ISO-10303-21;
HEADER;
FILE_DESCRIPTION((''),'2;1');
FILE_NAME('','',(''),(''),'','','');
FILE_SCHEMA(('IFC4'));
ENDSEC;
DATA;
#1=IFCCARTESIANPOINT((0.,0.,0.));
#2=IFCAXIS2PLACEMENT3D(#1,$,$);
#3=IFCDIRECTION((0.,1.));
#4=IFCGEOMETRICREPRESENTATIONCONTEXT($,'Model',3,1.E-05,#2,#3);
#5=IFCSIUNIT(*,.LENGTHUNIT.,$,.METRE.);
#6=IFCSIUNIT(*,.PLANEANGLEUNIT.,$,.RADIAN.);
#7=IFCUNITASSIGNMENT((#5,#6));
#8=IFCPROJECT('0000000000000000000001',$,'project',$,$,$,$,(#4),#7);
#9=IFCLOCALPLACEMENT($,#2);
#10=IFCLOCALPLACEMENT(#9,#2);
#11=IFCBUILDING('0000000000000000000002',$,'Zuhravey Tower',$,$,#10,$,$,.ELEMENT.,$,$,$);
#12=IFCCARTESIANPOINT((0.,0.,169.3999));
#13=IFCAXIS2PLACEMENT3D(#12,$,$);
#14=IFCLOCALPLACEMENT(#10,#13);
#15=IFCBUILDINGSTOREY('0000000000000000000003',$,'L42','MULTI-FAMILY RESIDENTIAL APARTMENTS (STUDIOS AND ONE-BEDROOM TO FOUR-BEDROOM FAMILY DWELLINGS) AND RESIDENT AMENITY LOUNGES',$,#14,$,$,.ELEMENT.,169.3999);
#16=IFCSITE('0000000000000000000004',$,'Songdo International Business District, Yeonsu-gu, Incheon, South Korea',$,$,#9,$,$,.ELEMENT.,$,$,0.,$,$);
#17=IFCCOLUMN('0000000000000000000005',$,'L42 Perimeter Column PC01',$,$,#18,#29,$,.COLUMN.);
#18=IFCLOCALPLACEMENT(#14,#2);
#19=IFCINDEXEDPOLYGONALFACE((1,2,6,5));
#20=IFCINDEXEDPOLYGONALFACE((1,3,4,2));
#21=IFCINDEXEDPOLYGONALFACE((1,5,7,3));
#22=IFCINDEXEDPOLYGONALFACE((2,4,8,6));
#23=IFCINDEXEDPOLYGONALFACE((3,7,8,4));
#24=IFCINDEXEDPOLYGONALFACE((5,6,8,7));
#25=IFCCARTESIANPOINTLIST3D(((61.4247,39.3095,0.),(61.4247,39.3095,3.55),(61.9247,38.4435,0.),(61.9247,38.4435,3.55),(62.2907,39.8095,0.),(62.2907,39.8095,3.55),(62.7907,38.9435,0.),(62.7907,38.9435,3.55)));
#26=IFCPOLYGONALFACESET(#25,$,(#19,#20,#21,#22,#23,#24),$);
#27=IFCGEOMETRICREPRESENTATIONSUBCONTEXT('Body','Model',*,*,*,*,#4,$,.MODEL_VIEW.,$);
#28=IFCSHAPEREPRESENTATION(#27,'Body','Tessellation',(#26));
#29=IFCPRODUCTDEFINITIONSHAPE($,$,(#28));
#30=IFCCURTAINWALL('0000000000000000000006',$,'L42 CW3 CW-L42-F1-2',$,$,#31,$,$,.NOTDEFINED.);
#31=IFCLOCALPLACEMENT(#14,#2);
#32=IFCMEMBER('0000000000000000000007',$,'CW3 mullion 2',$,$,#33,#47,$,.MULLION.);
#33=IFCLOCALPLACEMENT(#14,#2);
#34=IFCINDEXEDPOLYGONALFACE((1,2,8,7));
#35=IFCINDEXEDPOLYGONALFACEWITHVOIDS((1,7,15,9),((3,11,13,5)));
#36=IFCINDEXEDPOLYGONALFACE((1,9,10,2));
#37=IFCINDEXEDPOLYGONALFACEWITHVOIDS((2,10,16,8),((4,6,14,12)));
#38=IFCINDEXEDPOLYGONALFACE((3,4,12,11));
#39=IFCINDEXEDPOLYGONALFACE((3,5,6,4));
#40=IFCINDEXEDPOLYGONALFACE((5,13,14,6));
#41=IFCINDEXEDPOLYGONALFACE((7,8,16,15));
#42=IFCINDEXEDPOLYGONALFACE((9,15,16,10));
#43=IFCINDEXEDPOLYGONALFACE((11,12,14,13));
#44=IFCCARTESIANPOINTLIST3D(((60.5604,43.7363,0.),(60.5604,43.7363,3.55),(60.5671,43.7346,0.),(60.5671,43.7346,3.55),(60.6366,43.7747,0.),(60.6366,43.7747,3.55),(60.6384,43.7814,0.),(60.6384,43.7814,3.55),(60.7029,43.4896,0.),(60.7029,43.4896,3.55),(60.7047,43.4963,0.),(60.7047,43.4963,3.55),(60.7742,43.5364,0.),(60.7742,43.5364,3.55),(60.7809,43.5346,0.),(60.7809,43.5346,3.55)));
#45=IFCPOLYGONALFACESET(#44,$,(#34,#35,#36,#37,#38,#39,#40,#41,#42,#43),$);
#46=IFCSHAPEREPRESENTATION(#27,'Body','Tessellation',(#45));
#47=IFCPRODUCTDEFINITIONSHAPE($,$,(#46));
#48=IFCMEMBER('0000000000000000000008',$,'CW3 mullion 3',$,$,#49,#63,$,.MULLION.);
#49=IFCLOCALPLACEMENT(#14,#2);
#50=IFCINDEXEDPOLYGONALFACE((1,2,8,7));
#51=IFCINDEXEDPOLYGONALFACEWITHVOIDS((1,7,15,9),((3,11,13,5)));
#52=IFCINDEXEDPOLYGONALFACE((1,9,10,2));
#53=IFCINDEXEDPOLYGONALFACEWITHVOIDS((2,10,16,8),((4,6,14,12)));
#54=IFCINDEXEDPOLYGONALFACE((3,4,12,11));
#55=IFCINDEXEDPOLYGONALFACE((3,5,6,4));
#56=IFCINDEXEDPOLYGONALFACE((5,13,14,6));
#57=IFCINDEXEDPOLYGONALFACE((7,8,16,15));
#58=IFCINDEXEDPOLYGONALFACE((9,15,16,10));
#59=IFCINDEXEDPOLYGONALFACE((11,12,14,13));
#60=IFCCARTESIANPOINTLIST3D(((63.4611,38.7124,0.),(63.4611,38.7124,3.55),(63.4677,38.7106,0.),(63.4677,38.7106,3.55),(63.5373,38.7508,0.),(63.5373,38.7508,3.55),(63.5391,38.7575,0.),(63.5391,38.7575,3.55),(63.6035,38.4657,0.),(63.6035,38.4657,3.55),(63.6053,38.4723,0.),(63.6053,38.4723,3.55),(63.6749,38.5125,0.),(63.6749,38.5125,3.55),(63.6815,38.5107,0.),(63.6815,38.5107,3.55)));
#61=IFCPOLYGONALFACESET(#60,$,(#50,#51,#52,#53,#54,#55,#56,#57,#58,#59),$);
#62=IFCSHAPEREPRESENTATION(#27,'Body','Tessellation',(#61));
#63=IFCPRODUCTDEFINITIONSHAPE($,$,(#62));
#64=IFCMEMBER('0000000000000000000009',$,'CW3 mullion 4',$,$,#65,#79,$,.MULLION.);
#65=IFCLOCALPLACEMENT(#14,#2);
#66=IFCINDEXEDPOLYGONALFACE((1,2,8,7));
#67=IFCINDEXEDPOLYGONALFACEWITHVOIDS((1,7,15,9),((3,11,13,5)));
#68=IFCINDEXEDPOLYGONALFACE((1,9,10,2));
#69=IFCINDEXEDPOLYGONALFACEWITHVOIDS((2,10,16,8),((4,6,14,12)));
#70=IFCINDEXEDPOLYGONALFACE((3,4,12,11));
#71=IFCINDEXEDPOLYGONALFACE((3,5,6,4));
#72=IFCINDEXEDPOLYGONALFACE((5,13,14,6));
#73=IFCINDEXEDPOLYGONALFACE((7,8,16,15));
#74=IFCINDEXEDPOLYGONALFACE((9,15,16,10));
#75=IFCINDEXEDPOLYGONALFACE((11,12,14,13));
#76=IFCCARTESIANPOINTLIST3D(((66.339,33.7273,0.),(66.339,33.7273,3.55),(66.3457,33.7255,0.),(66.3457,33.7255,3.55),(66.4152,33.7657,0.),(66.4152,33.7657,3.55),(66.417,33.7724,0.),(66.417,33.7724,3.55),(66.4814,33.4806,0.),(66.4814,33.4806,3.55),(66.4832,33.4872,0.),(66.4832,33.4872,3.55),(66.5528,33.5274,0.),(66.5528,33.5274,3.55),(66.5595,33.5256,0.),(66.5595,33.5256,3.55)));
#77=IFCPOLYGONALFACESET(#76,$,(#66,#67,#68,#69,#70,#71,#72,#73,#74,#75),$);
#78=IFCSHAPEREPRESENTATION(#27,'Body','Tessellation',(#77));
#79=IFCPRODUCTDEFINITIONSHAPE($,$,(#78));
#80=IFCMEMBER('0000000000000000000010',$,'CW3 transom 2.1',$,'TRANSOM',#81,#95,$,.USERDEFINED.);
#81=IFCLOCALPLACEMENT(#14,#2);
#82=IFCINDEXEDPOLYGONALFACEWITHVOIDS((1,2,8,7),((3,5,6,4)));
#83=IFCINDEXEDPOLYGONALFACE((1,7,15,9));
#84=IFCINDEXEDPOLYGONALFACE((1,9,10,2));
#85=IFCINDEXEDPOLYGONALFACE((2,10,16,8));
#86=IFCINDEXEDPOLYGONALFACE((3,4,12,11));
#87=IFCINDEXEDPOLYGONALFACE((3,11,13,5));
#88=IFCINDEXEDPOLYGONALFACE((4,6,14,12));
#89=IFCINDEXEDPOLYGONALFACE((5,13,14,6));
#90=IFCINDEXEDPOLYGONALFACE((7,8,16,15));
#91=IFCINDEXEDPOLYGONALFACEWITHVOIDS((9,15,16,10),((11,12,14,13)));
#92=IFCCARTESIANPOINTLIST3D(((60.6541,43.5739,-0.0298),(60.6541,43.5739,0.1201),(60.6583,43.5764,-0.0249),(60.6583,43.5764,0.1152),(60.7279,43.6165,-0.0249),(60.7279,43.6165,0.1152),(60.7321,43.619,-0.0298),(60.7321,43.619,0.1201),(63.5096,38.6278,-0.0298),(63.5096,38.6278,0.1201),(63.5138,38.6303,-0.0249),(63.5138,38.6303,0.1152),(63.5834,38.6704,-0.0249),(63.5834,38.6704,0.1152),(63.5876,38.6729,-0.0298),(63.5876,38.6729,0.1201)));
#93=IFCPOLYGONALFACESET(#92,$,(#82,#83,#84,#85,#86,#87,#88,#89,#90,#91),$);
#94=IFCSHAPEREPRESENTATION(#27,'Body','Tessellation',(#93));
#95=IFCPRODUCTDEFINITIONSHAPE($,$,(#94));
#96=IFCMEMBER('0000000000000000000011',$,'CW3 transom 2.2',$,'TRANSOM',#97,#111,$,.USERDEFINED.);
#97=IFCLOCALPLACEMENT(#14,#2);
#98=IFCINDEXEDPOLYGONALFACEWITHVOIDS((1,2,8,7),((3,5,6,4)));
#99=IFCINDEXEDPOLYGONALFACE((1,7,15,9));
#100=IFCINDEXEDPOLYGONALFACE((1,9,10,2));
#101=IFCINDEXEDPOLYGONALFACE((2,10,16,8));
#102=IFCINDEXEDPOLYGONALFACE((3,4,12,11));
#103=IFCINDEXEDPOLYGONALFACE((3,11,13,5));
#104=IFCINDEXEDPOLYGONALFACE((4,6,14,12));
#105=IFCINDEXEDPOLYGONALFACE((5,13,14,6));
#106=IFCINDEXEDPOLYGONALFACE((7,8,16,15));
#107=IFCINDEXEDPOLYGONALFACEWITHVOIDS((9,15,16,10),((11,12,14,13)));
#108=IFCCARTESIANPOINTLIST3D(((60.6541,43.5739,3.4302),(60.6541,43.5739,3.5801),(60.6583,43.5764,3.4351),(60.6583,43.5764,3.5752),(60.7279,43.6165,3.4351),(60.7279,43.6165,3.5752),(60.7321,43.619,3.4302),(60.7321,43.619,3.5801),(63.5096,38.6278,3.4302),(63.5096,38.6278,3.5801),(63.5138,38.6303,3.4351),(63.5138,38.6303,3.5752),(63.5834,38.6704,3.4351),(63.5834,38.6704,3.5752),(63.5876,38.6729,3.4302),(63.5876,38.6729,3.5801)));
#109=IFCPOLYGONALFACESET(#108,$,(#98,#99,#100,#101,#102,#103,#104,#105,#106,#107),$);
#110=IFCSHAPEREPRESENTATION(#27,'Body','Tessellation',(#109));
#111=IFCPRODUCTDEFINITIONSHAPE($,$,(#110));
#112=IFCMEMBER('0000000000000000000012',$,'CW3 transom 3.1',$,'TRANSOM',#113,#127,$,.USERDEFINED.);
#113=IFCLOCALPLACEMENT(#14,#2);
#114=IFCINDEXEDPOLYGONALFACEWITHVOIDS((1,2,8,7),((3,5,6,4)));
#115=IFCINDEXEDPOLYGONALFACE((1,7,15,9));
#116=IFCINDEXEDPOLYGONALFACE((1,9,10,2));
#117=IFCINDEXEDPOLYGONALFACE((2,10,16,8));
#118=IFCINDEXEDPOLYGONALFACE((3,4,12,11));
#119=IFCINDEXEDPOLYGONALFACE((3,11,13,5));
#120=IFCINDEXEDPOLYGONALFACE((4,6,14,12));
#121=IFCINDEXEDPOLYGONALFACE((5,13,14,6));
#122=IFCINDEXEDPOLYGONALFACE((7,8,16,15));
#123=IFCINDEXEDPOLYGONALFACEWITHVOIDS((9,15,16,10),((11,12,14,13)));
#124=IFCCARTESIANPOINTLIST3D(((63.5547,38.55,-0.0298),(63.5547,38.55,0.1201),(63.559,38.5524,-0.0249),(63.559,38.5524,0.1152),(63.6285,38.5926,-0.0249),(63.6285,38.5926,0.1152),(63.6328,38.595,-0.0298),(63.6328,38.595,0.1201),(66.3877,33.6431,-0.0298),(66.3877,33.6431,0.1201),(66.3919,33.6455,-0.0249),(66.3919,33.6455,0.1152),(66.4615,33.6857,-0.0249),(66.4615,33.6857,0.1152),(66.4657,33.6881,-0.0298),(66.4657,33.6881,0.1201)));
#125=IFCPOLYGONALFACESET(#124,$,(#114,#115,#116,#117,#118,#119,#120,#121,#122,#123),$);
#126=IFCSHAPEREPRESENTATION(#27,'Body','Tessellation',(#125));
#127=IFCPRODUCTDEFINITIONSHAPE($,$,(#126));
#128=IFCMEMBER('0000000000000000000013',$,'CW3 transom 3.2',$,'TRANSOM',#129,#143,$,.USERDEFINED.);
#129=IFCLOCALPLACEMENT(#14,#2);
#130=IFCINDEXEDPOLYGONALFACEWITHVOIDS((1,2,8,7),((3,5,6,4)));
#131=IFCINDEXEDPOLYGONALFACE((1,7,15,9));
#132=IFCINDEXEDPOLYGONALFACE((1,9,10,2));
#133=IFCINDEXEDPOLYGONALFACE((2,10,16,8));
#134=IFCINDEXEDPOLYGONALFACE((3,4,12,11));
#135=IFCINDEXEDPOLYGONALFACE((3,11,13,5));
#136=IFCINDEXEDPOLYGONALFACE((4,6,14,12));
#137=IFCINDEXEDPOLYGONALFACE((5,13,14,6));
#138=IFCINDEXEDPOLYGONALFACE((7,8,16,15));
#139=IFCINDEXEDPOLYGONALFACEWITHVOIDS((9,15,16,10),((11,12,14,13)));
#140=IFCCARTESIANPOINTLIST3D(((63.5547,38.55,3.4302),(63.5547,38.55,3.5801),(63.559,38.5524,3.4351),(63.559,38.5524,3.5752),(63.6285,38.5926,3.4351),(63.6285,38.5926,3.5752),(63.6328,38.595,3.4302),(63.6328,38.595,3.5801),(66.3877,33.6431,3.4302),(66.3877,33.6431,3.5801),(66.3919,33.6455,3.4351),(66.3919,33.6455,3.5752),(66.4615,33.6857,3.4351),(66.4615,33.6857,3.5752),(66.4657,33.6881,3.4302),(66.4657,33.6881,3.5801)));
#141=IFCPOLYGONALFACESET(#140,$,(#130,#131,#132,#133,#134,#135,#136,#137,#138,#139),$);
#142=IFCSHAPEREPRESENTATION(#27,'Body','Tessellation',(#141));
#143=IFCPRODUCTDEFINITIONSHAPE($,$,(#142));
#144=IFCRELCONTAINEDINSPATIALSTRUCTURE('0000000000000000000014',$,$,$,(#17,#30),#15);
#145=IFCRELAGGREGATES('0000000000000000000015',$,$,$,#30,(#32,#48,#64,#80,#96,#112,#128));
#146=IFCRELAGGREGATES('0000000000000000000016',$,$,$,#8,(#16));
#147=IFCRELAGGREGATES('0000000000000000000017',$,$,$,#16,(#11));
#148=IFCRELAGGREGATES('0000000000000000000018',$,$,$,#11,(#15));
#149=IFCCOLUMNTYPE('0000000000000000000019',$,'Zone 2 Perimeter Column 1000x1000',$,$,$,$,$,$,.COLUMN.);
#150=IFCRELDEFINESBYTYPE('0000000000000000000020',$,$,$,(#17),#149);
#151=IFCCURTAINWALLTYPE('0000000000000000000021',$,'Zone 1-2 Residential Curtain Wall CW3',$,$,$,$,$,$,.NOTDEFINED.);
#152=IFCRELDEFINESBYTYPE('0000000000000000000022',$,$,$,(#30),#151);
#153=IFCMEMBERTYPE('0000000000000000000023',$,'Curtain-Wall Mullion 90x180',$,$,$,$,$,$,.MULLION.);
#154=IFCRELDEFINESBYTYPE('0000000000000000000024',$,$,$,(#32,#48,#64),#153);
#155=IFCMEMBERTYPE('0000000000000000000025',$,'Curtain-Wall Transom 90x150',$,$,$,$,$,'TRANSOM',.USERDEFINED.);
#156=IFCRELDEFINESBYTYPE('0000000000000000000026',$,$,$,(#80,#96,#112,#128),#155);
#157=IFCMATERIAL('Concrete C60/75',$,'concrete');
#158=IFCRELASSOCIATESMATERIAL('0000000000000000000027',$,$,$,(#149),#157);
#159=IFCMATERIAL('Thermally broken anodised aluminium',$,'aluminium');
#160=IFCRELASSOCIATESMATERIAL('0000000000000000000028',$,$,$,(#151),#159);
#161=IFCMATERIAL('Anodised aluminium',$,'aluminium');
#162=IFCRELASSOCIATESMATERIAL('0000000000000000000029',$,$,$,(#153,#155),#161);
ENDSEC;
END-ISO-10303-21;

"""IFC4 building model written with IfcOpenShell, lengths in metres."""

from ifc_helpers import new_model, si_unit, direction, frame, origin, origin_2d, place, context, subcontext, project, spatial, rectangle, hollow_rectangle, extrude, material, material_profile, profile_set, type_object, element, aggregate, save


model = new_model("IFC4")

# Units and contexts
model_context = context("Model", 3, precision=1e-05, world=origin(), true_north=direction((0.0, 1.0)))
body_context = subcontext(model_context, "Body", "Model", "MODEL_VIEW")
ifc_project = project(units=[si_unit("LENGTHUNIT", "METRE"), si_unit("PLANEANGLEUNIT", "RADIAN")], contexts=[model_context])

# Site, building, storey
site_placement = place(None, origin())
site = spatial("IfcSite", under=ifc_project, at=site_placement, Name="Songdo International Business District, Yeonsu-gu, Incheon, South Korea", CompositionType="ELEMENT", RefElevation=0.0)
building_placement = place(site_placement, origin())
building = spatial("IfcBuilding", under=site, at=building_placement, Name="Zuhravey Tower", CompositionType="ELEMENT")
storey_placement = place(building_placement, frame((0.0, 0.0, 169.3999)))
storey = spatial("IfcBuildingStorey", under=building, at=storey_placement, Name="L42", Description="MULTI-FAMILY RESIDENTIAL APARTMENTS (STUDIOS AND ONE-BEDROOM TO FOUR-BEDROOM FAMILY DWELLINGS) AND RESIDENT AMENITY LOUNGES", CompositionType="ELEMENT", Elevation=169.3999)

# Column
ifc_material_1 = material(Name="Concrete C60/75", Category="concrete")
ifc_material_profile_1 = material_profile(ifc_material_1, rectangle(XDim=1.0, YDim=1.0, at=origin_2d()), Name="RC-1000x1000")
ifc_profile_set_1 = profile_set([ifc_material_profile_1], Name="Concrete C60/75")
column_type = type_object("IfcColumnType", Name="Zone 2 Perimeter Column 1000x1000", PredefinedType="COLUMN", material=ifc_profile_set_1)
column_placement = place(storey_placement, frame((62.1077, 39.1265, 0.0), z_axis=(0.0, 0.0, 1.0), x_axis=(-0.5, 0.866025, 0.0)))
element("IfcColumn", 1, at=column_placement, inside=storey, type_object=column_type, Name="L42 Perimeter Column PC01", PredefinedType="COLUMN", context=body_context, shape_type="SweptSolid", body=[
    extrude(rectangle(XDim=1.0, YDim=1.0, at=origin_2d()), origin(), (0.0, 0.0, 1.0), 3.55),
])

# Curtain wall, members
ifc_material_2 = material(Name="Thermally broken anodised aluminium", Category="aluminium")
curtain_wall_type = type_object("IfcCurtainWallType", Name="Zone 1-2 Residential Curtain Wall CW3", PredefinedType="NOTDEFINED", material=ifc_material_2)
curtain_wall_placement = place(storey_placement, origin())
curtain_wall = element("IfcCurtainWall", 2, at=curtain_wall_placement, inside=storey, type_object=curtain_wall_type, Name="L42 CW3 CW-L42-F1-2", PredefinedType="NOTDEFINED")
ifc_material_3 = material(Name="Anodised aluminium", Category="aluminium")
ifc_material_profile_2 = material_profile(ifc_material_3, hollow_rectangle(XDim=0.0901, YDim=0.2849, WallThickness=0.0049, at=origin_2d()), Name="ALU-RHS-90x285x5")
ifc_profile_set_2 = profile_set([ifc_material_profile_2], Name="Anodised aluminium")
member_type_1 = type_object("IfcMemberType", Name="Curtain-Wall Mullion 90x180", PredefinedType="MULLION", material=ifc_profile_set_2)
member_1_placement = place(storey_placement, frame((60.6707, 43.6355, 0.0), z_axis=(0.0, 0.0, 1.0), x_axis=(0.866026, 0.499999, 0.0)))
member_1 = element("IfcMember", 3, at=member_1_placement, type_object=member_type_1, Name="CW3 mullion 2", PredefinedType="MULLION", context=body_context, shape_type="SweptSolid", body=[
    extrude(hollow_rectangle(XDim=0.0901, YDim=0.2849, WallThickness=0.0049, at=origin_2d()), origin(), (0.0, 0.0, 1.0), 3.55),
])
member_2_placement = place(storey_placement, frame((63.5713, 38.6116, 0.0), z_axis=(0.0, 0.0, 1.0), x_axis=(0.866026, 0.499999, 0.0)))
member_2 = element("IfcMember", 4, at=member_2_placement, type_object=member_type_1, Name="CW3 mullion 3", PredefinedType="MULLION", context=body_context, shape_type="SweptSolid", body=[
    extrude(hollow_rectangle(XDim=0.0901, YDim=0.2849, WallThickness=0.0049, at=origin_2d()), origin(), (0.0, 0.0, 1.0), 3.55),
])
member_3_placement = place(storey_placement, frame((66.4492, 33.6265, 0.0), z_axis=(0.0, 0.0, 1.0), x_axis=(0.866026, 0.499999, 0.0)))
member_3 = element("IfcMember", 5, at=member_3_placement, type_object=member_type_1, Name="CW3 mullion 4", PredefinedType="MULLION", context=body_context, shape_type="SweptSolid", body=[
    extrude(hollow_rectangle(XDim=0.0901, YDim=0.2849, WallThickness=0.0049, at=origin_2d()), origin(), (0.0, 0.0, 1.0), 3.55),
])
ifc_material_profile_3 = material_profile(ifc_material_3, hollow_rectangle(XDim=0.0901, YDim=0.1499, WallThickness=0.0049, at=origin_2d()), Name="ALU-RHS-90x150x5")
ifc_profile_set_3 = profile_set([ifc_material_profile_3], Name="Anodised aluminium")
member_type_2 = type_object("IfcMemberType", Name="Curtain-Wall Transom 90x150", ElementType="TRANSOM", PredefinedType="USERDEFINED", material=ifc_profile_set_3)
member_4_placement = place(storey_placement, frame((60.6931, 43.5964, 0.0452), z_axis=(0.499983, -0.866035, 0.0), x_axis=(0.866035, 0.499983, 0.0)))
member_4 = element("IfcMember", 6, at=member_4_placement, type_object=member_type_2, Name="CW3 transom 2.1", ObjectType="TRANSOM", PredefinedType="USERDEFINED", context=body_context, shape_type="SweptSolid", body=[
    extrude(hollow_rectangle(XDim=0.0901, YDim=0.1499, WallThickness=0.0049, at=origin_2d()), origin(), (0.0, 0.0, 1.0), 5.7112),
])
member_5_placement = place(storey_placement, frame((60.6931, 43.5964, 3.5051), z_axis=(0.499983, -0.866035, 0.0), x_axis=(0.866035, 0.499983, 0.0)))
member_5 = element("IfcMember", 7, at=member_5_placement, type_object=member_type_2, Name="CW3 transom 2.2", ObjectType="TRANSOM", PredefinedType="USERDEFINED", context=body_context, shape_type="SweptSolid", body=[
    extrude(hollow_rectangle(XDim=0.0901, YDim=0.1499, WallThickness=0.0049, at=origin_2d()), origin(), (0.0, 0.0, 1.0), 5.7112),
])
member_6_placement = place(storey_placement, frame((63.5938, 38.5725, 0.0452), z_axis=(0.499995, -0.866028, 0.0), x_axis=(0.866028, 0.499995, 0.0)))
member_6 = element("IfcMember", 8, at=member_6_placement, type_object=member_type_2, Name="CW3 transom 3.1", ObjectType="TRANSOM", PredefinedType="USERDEFINED", context=body_context, shape_type="SweptSolid", body=[
    extrude(hollow_rectangle(XDim=0.0901, YDim=0.1499, WallThickness=0.0049, at=origin_2d()), origin(), (0.0, 0.0, 1.0), 5.666),
])
member_7_placement = place(storey_placement, frame((63.5938, 38.5725, 3.5051), z_axis=(0.499995, -0.866028, 0.0), x_axis=(0.866028, 0.499995, 0.0)))
member_7 = element("IfcMember", 9, at=member_7_placement, type_object=member_type_2, Name="CW3 transom 3.2", ObjectType="TRANSOM", PredefinedType="USERDEFINED", context=body_context, shape_type="SweptSolid", body=[
    extrude(hollow_rectangle(XDim=0.0901, YDim=0.1499, WallThickness=0.0049, at=origin_2d()), origin(), (0.0, 0.0, 1.0), 5.666),
])

aggregate(curtain_wall, [member_1, member_2, member_3, member_4, member_5, member_6, member_7])

save(model, "model.ifc")
